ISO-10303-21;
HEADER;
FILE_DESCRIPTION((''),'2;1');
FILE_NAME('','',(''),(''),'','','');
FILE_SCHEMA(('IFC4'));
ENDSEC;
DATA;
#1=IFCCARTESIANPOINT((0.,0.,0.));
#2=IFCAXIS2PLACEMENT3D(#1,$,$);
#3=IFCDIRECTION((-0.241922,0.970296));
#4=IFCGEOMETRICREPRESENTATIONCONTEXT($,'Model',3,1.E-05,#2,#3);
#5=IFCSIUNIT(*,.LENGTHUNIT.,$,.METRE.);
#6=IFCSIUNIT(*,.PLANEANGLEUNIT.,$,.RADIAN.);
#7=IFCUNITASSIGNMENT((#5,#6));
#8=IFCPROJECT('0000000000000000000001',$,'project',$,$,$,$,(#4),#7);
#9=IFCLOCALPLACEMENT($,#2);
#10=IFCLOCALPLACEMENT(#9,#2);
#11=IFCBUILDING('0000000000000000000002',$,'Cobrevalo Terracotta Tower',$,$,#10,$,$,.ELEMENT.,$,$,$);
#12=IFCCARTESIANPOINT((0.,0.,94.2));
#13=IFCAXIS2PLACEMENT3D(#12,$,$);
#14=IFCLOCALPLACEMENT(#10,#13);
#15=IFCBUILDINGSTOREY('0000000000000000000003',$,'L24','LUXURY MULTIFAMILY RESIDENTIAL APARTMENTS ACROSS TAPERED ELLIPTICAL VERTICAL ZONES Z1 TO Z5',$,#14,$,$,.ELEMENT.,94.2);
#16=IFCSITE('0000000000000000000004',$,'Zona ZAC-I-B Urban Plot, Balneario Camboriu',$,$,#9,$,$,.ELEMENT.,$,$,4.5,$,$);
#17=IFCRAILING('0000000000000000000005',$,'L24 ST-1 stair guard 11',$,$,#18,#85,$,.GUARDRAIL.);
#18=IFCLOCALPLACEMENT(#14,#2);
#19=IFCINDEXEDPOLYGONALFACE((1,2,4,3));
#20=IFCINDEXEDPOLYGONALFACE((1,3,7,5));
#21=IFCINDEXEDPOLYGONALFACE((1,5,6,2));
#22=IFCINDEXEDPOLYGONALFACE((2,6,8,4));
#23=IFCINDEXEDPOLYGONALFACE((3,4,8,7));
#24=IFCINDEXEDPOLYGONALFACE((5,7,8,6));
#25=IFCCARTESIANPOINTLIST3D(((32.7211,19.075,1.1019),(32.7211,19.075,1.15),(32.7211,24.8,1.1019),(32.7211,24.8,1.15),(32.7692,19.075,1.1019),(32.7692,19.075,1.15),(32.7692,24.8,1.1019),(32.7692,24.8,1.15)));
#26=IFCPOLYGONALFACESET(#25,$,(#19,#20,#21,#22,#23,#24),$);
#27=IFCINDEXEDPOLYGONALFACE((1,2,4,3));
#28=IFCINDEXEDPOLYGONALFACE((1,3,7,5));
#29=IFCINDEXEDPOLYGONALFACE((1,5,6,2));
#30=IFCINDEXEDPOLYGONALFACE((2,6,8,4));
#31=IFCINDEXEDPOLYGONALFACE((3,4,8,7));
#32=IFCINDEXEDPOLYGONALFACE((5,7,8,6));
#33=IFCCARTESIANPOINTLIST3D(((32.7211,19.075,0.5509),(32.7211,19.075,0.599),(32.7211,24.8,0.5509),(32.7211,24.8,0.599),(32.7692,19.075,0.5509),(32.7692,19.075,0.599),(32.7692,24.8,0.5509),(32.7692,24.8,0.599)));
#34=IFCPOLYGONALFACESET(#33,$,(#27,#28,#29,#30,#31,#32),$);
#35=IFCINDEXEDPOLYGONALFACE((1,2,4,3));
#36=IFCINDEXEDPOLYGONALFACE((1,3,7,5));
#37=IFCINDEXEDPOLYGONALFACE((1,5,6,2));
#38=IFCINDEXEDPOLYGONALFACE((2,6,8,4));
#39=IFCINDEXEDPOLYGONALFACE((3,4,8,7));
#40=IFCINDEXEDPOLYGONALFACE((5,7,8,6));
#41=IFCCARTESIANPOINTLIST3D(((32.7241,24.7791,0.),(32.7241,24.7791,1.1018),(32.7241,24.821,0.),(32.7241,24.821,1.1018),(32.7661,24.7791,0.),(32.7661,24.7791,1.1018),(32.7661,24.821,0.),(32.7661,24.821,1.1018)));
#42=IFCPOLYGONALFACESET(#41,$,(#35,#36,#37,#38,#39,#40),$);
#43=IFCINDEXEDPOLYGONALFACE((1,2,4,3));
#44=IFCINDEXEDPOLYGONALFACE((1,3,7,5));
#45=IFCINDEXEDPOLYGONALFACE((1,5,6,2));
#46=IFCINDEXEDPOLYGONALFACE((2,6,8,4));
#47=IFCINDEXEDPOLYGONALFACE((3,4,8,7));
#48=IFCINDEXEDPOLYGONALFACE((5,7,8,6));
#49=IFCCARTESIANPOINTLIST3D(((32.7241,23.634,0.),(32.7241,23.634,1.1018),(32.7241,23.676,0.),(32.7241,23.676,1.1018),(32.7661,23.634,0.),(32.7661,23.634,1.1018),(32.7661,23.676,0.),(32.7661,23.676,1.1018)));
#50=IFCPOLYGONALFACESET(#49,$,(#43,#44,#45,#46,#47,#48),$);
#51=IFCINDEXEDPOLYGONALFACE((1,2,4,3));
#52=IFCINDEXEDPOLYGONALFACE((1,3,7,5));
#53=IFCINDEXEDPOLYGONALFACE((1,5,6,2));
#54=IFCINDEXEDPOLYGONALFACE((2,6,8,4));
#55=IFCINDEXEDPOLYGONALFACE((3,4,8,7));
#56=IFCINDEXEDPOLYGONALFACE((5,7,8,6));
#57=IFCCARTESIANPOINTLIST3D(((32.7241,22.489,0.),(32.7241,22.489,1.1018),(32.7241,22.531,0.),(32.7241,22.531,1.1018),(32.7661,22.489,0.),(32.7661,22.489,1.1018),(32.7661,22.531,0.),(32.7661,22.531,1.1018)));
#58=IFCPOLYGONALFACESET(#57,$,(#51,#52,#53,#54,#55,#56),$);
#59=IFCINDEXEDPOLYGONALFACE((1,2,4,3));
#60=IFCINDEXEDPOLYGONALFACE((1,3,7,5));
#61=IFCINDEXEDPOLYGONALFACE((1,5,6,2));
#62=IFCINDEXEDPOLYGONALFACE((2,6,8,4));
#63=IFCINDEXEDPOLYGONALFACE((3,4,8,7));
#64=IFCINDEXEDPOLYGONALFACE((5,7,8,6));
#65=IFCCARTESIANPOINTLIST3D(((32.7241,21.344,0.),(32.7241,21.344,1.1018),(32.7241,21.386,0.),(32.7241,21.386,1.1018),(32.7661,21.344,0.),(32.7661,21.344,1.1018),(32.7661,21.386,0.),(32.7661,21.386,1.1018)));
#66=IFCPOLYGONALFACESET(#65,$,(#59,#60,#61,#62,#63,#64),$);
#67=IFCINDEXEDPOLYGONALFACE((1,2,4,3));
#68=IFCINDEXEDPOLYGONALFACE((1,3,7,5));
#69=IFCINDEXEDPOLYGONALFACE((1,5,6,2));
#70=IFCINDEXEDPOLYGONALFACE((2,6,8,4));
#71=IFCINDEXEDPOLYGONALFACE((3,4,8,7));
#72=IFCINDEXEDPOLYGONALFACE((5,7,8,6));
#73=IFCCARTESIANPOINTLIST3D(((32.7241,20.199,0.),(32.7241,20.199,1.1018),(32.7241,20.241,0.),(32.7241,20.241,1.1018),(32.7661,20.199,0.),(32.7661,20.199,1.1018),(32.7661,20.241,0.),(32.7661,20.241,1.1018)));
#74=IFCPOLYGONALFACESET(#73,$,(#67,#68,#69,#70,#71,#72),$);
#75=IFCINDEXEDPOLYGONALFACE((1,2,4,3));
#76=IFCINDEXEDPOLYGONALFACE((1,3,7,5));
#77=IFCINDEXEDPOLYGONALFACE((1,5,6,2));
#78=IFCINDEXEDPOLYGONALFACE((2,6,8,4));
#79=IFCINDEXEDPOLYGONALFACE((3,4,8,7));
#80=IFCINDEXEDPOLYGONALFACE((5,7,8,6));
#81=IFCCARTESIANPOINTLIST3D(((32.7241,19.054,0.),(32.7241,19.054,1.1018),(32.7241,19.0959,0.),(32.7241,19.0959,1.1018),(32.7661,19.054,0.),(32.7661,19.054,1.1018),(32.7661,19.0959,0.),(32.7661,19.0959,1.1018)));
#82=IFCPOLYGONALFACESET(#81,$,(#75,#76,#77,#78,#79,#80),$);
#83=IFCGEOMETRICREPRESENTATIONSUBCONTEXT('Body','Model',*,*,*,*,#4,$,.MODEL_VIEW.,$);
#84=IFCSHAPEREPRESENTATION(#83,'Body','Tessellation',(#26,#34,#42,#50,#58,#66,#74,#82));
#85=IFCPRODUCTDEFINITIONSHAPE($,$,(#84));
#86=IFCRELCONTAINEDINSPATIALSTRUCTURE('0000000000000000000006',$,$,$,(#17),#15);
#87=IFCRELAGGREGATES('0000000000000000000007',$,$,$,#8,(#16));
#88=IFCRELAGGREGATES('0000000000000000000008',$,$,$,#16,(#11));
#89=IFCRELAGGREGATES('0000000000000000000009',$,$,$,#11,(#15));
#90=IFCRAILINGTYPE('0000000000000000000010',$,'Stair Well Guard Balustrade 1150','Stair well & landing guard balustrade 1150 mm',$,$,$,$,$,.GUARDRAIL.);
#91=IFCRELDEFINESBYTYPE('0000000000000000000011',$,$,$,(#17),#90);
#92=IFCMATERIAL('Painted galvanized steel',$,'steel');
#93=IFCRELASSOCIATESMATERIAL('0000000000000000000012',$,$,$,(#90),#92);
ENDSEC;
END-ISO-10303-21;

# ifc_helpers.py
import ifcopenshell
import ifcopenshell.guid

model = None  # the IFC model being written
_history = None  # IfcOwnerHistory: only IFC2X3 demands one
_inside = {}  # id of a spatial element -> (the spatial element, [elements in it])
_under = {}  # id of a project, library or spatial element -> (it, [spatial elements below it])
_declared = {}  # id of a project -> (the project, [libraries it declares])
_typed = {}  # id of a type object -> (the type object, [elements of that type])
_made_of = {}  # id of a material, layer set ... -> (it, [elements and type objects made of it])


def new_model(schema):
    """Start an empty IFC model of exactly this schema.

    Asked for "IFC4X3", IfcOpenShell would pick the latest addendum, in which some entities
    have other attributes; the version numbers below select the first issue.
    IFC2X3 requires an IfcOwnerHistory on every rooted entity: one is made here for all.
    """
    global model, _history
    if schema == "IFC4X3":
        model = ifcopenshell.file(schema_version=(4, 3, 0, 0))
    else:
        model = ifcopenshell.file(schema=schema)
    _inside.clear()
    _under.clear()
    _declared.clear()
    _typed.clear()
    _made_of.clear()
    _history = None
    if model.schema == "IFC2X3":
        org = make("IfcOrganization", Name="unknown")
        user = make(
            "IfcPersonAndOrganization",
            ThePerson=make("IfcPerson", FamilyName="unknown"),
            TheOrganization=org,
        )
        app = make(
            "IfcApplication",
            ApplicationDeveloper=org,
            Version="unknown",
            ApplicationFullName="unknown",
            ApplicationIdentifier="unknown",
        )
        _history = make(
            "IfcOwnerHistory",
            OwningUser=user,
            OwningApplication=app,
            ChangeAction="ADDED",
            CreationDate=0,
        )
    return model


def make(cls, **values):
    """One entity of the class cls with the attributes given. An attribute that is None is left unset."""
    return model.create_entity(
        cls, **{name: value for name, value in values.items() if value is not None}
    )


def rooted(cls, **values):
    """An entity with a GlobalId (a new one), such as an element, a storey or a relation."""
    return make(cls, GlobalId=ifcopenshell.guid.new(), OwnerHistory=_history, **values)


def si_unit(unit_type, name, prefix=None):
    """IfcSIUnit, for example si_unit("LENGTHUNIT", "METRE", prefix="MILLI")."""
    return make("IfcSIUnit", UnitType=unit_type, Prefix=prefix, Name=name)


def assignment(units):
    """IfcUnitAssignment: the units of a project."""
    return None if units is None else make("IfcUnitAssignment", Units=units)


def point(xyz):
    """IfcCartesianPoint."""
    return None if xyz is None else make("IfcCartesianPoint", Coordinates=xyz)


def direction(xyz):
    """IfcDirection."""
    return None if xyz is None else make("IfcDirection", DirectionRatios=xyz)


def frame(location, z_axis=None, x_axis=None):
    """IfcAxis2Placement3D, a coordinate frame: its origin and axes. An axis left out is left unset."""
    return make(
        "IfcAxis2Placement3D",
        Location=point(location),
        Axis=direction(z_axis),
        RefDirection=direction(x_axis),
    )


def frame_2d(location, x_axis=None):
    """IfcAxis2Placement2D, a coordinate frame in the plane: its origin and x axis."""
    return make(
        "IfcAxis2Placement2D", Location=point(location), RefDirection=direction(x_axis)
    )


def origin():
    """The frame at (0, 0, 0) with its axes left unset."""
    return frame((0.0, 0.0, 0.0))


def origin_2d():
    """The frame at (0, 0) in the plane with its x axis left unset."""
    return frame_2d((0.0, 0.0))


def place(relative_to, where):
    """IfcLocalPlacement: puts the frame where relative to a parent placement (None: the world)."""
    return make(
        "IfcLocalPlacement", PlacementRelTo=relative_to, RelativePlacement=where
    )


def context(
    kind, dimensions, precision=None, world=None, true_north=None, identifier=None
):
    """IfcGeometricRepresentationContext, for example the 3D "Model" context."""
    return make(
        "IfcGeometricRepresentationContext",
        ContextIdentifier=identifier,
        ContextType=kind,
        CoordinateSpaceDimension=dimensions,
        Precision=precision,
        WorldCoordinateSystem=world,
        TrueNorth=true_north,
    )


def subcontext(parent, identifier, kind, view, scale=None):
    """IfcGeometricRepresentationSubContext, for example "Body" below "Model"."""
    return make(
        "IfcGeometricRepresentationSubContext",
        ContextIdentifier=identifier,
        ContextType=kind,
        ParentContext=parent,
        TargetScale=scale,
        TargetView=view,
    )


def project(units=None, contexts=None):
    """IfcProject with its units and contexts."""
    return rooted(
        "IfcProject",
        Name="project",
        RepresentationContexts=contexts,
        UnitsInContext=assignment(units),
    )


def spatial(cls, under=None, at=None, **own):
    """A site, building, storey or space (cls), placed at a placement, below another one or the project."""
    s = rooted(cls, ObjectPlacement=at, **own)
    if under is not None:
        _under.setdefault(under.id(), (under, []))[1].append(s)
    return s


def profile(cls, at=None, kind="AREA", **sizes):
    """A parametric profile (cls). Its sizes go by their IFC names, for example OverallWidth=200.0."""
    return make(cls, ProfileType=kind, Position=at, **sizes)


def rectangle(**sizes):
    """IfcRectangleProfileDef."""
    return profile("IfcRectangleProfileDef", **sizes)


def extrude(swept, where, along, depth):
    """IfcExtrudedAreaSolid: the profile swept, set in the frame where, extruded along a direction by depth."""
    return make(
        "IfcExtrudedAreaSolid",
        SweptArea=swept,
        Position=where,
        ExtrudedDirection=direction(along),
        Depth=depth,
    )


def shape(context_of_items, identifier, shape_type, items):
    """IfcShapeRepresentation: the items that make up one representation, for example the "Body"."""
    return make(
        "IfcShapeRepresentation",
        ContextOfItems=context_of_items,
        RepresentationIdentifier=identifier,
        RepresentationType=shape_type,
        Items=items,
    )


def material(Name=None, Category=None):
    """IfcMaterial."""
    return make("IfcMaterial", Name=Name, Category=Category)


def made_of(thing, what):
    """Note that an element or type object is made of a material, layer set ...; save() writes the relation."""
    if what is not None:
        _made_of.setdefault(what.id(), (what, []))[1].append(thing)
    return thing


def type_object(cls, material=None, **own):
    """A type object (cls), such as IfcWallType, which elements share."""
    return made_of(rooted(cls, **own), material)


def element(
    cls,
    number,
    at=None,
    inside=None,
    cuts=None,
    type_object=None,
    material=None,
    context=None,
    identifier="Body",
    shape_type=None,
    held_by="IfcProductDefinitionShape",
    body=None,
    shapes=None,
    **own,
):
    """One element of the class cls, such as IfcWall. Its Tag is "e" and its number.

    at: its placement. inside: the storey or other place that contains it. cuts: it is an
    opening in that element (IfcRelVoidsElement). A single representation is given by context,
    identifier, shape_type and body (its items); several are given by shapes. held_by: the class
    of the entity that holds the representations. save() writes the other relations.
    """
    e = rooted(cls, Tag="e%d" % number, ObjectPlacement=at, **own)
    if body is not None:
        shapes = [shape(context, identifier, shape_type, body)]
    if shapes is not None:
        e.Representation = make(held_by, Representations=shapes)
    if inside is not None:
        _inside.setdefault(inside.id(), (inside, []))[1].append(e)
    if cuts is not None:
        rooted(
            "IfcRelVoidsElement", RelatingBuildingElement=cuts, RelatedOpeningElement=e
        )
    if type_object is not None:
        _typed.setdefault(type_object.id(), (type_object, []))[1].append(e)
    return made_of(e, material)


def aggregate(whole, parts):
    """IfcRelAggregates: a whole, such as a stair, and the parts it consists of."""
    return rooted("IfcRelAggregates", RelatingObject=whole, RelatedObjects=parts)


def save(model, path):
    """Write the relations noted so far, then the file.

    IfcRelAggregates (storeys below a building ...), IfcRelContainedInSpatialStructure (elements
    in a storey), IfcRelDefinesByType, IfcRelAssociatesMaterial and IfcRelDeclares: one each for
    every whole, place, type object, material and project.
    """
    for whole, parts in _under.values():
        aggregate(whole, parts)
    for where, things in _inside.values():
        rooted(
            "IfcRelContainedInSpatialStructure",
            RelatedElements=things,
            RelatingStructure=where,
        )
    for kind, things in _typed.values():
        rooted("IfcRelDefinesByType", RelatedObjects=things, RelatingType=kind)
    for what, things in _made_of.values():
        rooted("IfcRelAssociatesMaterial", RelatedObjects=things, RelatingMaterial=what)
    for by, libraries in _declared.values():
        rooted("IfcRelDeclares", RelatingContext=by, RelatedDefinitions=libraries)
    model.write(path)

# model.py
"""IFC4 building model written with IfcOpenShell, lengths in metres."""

from ifc_helpers import new_model, si_unit, direction, frame, origin, origin_2d, place, context, subcontext, project, spatial, rectangle, extrude, material, type_object, element, save


model = new_model("IFC4")

# Units and contexts
model_context = context("Model", 3, precision=1e-05, world=origin(), true_north=direction((-0.241922, 0.970296)))
body_context = subcontext(model_context, "Body", "Model", "MODEL_VIEW")
ifc_project = project(units=[si_unit("LENGTHUNIT", "METRE"), si_unit("PLANEANGLEUNIT", "RADIAN")], contexts=[model_context])

# Site, building, storey
site_placement = place(None, origin())
site = spatial("IfcSite", under=ifc_project, at=site_placement, Name="Zona ZAC-I-B Urban Plot, Balneario Camboriu", CompositionType="ELEMENT", RefElevation=4.5)
building_placement = place(site_placement, origin())
building = spatial("IfcBuilding", under=site, at=building_placement, Name="Cobrevalo Terracotta Tower", CompositionType="ELEMENT")
storey_placement = place(building_placement, frame((0.0, 0.0, 94.2)))
storey = spatial("IfcBuildingStorey", under=building, at=storey_placement, Name="L24", Description="LUXURY MULTIFAMILY RESIDENTIAL APARTMENTS ACROSS TAPERED ELLIPTICAL VERTICAL ZONES Z1 TO Z5", CompositionType="ELEMENT", Elevation=94.2)

# Railing
ifc_material_1 = material(Name="Painted galvanized steel", Category="steel")
railing_type_1 = type_object("IfcRailingType", Name="Stair Well Guard Balustrade 1150", Description="Stair well & landing guard balustrade 1150 mm", PredefinedType="GUARDRAIL", material=ifc_material_1)
for number, where, name in (
    (1, (32.7451, 24.8, 0.0), "L24 ST-1 stair guard 11"),
):
    element("IfcRailing", number, at=place(storey_placement, frame(where)), inside=storey, type_object=railing_type_1, Name=name, PredefinedType="GUARDRAIL", context=body_context, shape_type="SweptSolid", body=[
        extrude(rectangle(XDim=0.0481, YDim=0.0481, at=origin_2d()), frame((0.0, 0.0, 1.126), z_axis=(0.0, -1.0, 0.0), x_axis=(1.0, 0.0, 0.0)), (0.0, 0.0, 1.0), 5.7251),
        extrude(rectangle(XDim=0.0481, YDim=0.0481, at=origin_2d()), frame((0.0, 0.0, 0.575), z_axis=(0.0, -1.0, 0.0), x_axis=(1.0, 0.0, 0.0)), (0.0, 0.0, 1.0), 5.7251),
        extrude(rectangle(XDim=0.042, YDim=0.042, at=origin_2d()), origin(), (0.0, 0.0, 1.0), 1.1018),
        extrude(rectangle(XDim=0.042, YDim=0.042, at=origin_2d()), frame((0.0, -1.145, 0.0)), (0.0, 0.0, 1.0), 1.1018),
        extrude(rectangle(XDim=0.042, YDim=0.042, at=origin_2d()), frame((0.0, -2.29, 0.0)), (0.0, 0.0, 1.0), 1.1018),
        extrude(rectangle(XDim=0.042, YDim=0.042, at=origin_2d()), frame((0.0, -3.4351, 0.0)), (0.0, 0.0, 1.0), 1.1018),
        extrude(rectangle(XDim=0.042, YDim=0.042, at=origin_2d()), frame((0.0, -4.5801, 0.0)), (0.0, 0.0, 1.0), 1.1018),
        extrude(rectangle(XDim=0.042, YDim=0.042, at=origin_2d()), frame((0.0, -5.7251, 0.0)), (0.0, 0.0, 1.0), 1.1018),
    ])

save(model, "model.ifc")
